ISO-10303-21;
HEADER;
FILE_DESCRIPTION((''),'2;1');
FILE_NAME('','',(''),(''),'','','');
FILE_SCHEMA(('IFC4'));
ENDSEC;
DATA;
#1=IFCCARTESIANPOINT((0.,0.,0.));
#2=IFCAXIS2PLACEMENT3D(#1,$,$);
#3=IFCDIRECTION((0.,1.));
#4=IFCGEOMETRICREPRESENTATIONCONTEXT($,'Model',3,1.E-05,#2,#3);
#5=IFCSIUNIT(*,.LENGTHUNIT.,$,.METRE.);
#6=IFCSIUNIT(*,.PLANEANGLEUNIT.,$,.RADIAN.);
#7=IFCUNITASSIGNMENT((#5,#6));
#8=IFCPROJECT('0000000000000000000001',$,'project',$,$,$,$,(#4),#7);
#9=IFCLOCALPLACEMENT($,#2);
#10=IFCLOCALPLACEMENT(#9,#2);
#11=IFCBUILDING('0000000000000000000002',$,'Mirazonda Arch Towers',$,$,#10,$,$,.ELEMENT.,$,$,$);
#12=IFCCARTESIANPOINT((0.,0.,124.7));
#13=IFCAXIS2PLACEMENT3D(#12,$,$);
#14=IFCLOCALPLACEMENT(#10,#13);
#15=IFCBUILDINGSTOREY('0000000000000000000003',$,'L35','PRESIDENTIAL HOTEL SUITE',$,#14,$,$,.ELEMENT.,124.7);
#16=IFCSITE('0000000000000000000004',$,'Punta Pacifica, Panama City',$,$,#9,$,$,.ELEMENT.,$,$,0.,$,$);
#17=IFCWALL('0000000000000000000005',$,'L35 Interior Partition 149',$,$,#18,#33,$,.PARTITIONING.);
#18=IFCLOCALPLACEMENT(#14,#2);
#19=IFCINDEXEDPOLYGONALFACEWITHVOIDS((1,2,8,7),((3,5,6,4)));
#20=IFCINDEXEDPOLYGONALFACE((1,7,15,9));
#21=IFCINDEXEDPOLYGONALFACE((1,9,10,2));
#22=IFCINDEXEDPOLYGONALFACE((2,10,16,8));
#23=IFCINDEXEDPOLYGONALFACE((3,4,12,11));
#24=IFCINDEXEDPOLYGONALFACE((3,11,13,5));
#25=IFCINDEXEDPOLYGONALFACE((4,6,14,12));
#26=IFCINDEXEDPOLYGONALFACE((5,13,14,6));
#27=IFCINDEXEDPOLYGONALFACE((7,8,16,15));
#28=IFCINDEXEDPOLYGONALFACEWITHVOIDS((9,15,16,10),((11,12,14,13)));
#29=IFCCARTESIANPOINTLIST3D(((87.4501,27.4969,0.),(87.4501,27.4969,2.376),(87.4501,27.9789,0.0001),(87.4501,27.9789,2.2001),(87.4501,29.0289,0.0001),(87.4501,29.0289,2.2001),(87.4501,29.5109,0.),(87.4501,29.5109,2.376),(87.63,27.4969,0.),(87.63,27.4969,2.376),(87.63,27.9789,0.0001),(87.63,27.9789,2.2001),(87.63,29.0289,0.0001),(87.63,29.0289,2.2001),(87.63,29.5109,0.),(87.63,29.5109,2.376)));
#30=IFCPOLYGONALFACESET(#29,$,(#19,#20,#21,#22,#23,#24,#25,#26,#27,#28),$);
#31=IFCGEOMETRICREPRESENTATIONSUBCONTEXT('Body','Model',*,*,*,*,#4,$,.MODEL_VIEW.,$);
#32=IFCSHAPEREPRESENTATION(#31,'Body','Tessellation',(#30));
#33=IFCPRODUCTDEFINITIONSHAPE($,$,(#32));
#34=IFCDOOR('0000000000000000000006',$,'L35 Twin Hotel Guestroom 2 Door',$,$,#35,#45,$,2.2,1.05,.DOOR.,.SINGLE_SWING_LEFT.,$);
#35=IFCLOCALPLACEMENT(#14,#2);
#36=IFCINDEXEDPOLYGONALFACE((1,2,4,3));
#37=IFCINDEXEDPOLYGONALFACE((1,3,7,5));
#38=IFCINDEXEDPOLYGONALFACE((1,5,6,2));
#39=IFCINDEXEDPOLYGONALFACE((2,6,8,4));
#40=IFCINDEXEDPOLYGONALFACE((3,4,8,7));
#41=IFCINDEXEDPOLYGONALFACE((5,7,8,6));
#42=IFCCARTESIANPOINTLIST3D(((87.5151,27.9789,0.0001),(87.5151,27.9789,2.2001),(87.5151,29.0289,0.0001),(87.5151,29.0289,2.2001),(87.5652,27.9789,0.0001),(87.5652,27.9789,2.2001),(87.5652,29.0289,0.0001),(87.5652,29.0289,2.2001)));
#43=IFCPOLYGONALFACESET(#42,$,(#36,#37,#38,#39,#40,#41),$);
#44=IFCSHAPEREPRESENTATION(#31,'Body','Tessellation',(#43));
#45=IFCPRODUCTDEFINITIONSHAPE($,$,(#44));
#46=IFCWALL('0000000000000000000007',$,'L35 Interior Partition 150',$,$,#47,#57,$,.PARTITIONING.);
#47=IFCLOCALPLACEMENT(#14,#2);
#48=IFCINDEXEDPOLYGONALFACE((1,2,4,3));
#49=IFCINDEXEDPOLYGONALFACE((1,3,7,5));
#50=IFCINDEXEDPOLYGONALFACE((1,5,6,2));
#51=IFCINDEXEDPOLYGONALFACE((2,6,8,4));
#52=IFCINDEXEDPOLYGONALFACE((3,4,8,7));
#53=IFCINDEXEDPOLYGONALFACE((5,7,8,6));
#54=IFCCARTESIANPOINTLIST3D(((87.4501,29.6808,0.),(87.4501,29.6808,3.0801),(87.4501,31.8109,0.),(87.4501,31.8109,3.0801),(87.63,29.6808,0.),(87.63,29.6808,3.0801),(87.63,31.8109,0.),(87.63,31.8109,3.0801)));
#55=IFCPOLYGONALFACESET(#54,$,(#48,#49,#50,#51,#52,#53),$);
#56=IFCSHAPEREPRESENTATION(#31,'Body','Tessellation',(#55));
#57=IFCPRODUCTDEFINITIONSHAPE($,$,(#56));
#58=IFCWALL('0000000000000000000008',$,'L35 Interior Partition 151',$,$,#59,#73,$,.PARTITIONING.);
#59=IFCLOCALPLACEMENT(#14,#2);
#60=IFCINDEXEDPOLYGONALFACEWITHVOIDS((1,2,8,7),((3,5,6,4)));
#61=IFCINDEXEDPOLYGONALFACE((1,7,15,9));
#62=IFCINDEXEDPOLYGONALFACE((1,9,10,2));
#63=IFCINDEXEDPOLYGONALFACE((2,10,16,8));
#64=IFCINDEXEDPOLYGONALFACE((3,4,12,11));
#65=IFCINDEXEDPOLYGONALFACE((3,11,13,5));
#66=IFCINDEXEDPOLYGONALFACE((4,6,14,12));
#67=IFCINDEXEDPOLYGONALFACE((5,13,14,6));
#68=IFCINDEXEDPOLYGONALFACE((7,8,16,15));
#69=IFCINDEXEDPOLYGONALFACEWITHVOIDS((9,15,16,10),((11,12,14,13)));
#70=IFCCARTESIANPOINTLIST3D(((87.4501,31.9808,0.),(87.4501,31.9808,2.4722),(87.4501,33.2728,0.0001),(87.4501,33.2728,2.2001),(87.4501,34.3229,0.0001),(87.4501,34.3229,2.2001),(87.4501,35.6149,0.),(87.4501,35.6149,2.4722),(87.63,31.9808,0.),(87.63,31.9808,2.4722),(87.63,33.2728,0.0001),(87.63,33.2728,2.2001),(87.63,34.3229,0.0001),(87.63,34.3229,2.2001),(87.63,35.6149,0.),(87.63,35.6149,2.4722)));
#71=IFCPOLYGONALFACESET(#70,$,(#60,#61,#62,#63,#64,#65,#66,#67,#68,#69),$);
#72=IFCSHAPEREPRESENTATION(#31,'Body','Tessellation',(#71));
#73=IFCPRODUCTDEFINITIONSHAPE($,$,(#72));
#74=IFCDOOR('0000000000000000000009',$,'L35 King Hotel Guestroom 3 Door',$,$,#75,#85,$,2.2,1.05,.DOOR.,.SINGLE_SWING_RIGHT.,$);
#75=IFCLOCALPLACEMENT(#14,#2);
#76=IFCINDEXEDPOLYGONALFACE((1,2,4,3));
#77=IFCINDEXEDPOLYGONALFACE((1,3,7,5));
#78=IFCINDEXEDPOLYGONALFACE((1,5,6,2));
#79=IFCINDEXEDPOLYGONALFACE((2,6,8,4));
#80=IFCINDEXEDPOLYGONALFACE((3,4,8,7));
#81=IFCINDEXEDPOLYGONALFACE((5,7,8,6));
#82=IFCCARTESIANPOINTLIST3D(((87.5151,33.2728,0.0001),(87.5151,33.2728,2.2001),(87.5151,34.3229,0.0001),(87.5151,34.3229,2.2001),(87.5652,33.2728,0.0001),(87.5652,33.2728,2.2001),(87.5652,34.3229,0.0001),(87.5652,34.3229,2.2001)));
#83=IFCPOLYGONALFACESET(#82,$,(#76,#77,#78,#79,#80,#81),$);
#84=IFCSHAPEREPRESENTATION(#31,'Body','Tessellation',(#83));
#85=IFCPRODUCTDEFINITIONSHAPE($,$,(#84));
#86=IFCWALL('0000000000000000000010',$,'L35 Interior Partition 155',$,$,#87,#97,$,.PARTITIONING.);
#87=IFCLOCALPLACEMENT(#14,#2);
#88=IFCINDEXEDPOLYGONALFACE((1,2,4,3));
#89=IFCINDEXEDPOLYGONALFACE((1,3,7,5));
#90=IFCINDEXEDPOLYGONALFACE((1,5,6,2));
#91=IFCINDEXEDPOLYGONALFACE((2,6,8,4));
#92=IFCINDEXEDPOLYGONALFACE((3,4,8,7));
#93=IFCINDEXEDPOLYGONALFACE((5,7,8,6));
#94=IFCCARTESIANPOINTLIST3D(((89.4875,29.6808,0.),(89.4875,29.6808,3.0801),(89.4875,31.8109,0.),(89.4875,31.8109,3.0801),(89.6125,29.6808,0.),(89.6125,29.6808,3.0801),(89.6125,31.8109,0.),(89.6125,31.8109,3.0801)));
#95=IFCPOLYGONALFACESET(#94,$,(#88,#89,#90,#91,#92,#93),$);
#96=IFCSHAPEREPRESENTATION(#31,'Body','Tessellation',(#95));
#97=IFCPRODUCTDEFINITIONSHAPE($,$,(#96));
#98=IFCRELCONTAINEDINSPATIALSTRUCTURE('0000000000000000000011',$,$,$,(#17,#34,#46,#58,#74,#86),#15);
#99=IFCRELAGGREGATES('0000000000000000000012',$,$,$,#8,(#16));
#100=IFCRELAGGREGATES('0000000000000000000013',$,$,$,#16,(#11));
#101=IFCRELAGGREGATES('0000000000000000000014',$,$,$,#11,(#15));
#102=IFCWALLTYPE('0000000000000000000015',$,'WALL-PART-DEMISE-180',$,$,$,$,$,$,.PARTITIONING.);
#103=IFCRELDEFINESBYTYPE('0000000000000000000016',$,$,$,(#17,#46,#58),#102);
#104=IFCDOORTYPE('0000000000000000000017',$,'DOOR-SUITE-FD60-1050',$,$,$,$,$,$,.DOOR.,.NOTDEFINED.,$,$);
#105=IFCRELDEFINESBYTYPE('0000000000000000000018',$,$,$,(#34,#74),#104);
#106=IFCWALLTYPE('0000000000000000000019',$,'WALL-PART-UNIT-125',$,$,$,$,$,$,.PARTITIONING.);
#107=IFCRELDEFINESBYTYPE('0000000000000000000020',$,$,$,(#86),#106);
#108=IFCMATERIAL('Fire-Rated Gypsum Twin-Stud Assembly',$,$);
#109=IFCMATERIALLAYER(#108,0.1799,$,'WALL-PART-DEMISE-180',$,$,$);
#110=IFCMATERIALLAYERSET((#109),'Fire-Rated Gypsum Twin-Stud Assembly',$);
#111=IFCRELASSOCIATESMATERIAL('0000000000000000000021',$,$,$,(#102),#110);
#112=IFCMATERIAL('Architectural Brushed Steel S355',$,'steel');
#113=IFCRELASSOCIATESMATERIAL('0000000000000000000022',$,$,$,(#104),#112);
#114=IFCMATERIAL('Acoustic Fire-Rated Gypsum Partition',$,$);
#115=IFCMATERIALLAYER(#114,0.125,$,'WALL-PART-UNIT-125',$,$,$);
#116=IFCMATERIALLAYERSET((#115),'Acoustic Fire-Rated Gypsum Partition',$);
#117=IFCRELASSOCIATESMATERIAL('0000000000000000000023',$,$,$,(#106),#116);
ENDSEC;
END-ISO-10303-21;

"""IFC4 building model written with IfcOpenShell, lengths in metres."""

from ifc_helpers import new_model, si_unit, direction, frame, frame_2d, origin, place, context, subcontext, project, spatial, rectangle, extrude, material, layer, layer_set, type_object, element, fill, save


model = new_model("IFC4")

# Units and contexts
model_context = context("Model", 3, precision=1e-05, world=origin(), true_north=direction((0.0, 1.0)))
body_context = subcontext(model_context, "Body", "Model", "MODEL_VIEW")
ifc_project = project(units=[si_unit("LENGTHUNIT", "METRE"), si_unit("PLANEANGLEUNIT", "RADIAN")], contexts=[model_context])

# Site, building, storey
site_placement = place(None, origin())
site = spatial("IfcSite", under=ifc_project, at=site_placement, Name="Punta Pacifica, Panama City", CompositionType="ELEMENT", RefElevation=0.0)
building_placement = place(site_placement, origin())
building = spatial("IfcBuilding", under=site, at=building_placement, Name="Mirazonda Arch Towers", CompositionType="ELEMENT")
storey_placement = place(building_placement, frame((0.0, 0.0, 124.7)))
storey = spatial("IfcBuildingStorey", under=building, at=storey_placement, Name="L35", Description="PRESIDENTIAL HOTEL SUITE", CompositionType="ELEMENT", Elevation=124.7)

# Shared definitions
ifc_material_1 = material(Name="Architectural Brushed Steel S355", Category="steel")

# Wall, opening, door
ifc_material_2 = material(Name="Fire-Rated Gypsum Twin-Stud Assembly")
ifc_layer_1 = layer(ifc_material_2, 0.1799, Name="WALL-PART-DEMISE-180")
ifc_layer_set_1 = layer_set([ifc_layer_1], Name="Fire-Rated Gypsum Twin-Stud Assembly")
wall_type_1 = type_object("IfcWallType", Name="WALL-PART-DEMISE-180", PredefinedType="PARTITIONING", material=ifc_layer_set_1)
wall_1_placement = place(storey_placement, frame((87.54, 27.4971, 0.0), z_axis=(0.0, 0.0, 1.0), x_axis=(0.0, 1.0, 0.0)))
wall_1 = element("IfcWall", 1, at=wall_1_placement, inside=storey, type_object=wall_type_1, Name="L35 Interior Partition 149", PredefinedType="PARTITIONING", context=body_context, shape_type="SweptSolid", body=[
    extrude(rectangle(XDim=2.0139, YDim=0.1799, at=frame_2d((1.0068, 0.0))), origin(), (0.0, 0.0, 1.0), 2.376),
])
opening_1_placement = place(wall_1_placement, frame((0.4819, 0.0, 0.0)))
opening_1 = element("IfcOpeningElement", 2, at=opening_1_placement, cuts=wall_1, PredefinedType="OPENING", context=body_context, shape_type="SweptSolid", body=[
    extrude(rectangle(XDim=1.05, YDim=2.2, at=frame_2d((0.5249, 1.1001))), frame((0.0, 0.0999, 0.0), z_axis=(0.0, -1.0, 0.0), x_axis=(1.0, 0.0, 0.0)), (0.0, 0.0, 1.0), 0.2),
])
door_type_1 = type_object("IfcDoorType", Name="DOOR-SUITE-FD60-1050", OperationType="NOTDEFINED", PredefinedType="DOOR", material=ifc_material_1)
door_1_placement = place(opening_1_placement, origin())
door_1 = element("IfcDoor", 3, at=door_1_placement, inside=storey, type_object=door_type_1, Name="L35 Twin Hotel Guestroom 2 Door", OperationType="SINGLE_SWING_LEFT", OverallHeight=2.2, OverallWidth=1.05, PredefinedType="DOOR", context=body_context, shape_type="SweptSolid", body=[
    extrude(rectangle(XDim=1.05, YDim=2.2, at=frame_2d((0.5249, 1.1001))), frame((0.0, 0.0249, 0.0), z_axis=(0.0, -1.0, 0.0), x_axis=(1.0, 0.0, 0.0)), (0.0, 0.0, 1.0), 0.05),
])
fill(opening_1, door_1)

# Wall
wall_2_placement = place(storey_placement, frame((87.54, 29.6809, 0.0), z_axis=(0.0, 0.0, 1.0), x_axis=(0.0, 1.0, 0.0)))
element("IfcWall", 4, at=wall_2_placement, inside=storey, type_object=wall_type_1, Name="L35 Interior Partition 150", PredefinedType="PARTITIONING", context=body_context, shape_type="SweptSolid", body=[
    extrude(rectangle(XDim=2.1301, YDim=0.1799, at=frame_2d((1.0649, 0.0))), origin(), (0.0, 0.0, 1.0), 3.0801),
])

# Wall, opening, door
wall_3_placement = place(storey_placement, frame((87.54, 31.981, 0.0), z_axis=(0.0, 0.0, 1.0), x_axis=(0.0, 1.0, 0.0)))
wall_3 = element("IfcWall", 5, at=wall_3_placement, inside=storey, type_object=wall_type_1, Name="L35 Interior Partition 151", PredefinedType="PARTITIONING", context=body_context, shape_type="SweptSolid", body=[
    extrude(rectangle(XDim=3.634, YDim=0.1799, at=frame_2d((1.8169, 0.0))), origin(), (0.0, 0.0, 1.0), 2.4722),
])
opening_2_placement = place(wall_3_placement, frame((1.292, 0.0, 0.0)))
opening_2 = element("IfcOpeningElement", 6, at=opening_2_placement, cuts=wall_3, PredefinedType="OPENING", context=body_context, shape_type="SweptSolid", body=[
    extrude(rectangle(XDim=1.05, YDim=2.2, at=frame_2d((0.5249, 1.1001))), frame((0.0, 0.0999, 0.0), z_axis=(0.0, -1.0, 0.0), x_axis=(1.0, 0.0, 0.0)), (0.0, 0.0, 1.0), 0.2),
])
door_2_placement = place(opening_2_placement, origin())
door_2 = element("IfcDoor", 7, at=door_2_placement, inside=storey, type_object=door_type_1, Name="L35 King Hotel Guestroom 3 Door", OperationType="SINGLE_SWING_RIGHT", OverallHeight=2.2, OverallWidth=1.05, PredefinedType="DOOR", context=body_context, shape_type="SweptSolid", body=[
    extrude(rectangle(XDim=1.05, YDim=2.2, at=frame_2d((0.5249, 1.1001))), frame((0.0, 0.0249, 0.0), z_axis=(0.0, -1.0, 0.0), x_axis=(1.0, 0.0, 0.0)), (0.0, 0.0, 1.0), 0.05),
])
fill(opening_2, door_2)

# Wall
ifc_material_3 = material(Name="Acoustic Fire-Rated Gypsum Partition")
ifc_layer_2 = layer(ifc_material_3, 0.125, Name="WALL-PART-UNIT-125")
ifc_layer_set_2 = layer_set([ifc_layer_2], Name="Acoustic Fire-Rated Gypsum Partition")
wall_type_2 = type_object("IfcWallType", Name="WALL-PART-UNIT-125", PredefinedType="PARTITIONING", material=ifc_layer_set_2)
wall_4_placement = place(storey_placement, frame((89.55, 29.6809, 0.0), z_axis=(0.0, 0.0, 1.0), x_axis=(0.0, 1.0, 0.0)))
element("IfcWall", 8, at=wall_4_placement, inside=storey, type_object=wall_type_2, Name="L35 Interior Partition 155", PredefinedType="PARTITIONING", context=body_context, shape_type="SweptSolid", body=[
    extrude(rectangle(XDim=2.1301, YDim=0.125, at=frame_2d((1.0649, 0.0))), origin(), (0.0, 0.0, 1.0), 3.0801),
])

save(model, "model.ifc")
